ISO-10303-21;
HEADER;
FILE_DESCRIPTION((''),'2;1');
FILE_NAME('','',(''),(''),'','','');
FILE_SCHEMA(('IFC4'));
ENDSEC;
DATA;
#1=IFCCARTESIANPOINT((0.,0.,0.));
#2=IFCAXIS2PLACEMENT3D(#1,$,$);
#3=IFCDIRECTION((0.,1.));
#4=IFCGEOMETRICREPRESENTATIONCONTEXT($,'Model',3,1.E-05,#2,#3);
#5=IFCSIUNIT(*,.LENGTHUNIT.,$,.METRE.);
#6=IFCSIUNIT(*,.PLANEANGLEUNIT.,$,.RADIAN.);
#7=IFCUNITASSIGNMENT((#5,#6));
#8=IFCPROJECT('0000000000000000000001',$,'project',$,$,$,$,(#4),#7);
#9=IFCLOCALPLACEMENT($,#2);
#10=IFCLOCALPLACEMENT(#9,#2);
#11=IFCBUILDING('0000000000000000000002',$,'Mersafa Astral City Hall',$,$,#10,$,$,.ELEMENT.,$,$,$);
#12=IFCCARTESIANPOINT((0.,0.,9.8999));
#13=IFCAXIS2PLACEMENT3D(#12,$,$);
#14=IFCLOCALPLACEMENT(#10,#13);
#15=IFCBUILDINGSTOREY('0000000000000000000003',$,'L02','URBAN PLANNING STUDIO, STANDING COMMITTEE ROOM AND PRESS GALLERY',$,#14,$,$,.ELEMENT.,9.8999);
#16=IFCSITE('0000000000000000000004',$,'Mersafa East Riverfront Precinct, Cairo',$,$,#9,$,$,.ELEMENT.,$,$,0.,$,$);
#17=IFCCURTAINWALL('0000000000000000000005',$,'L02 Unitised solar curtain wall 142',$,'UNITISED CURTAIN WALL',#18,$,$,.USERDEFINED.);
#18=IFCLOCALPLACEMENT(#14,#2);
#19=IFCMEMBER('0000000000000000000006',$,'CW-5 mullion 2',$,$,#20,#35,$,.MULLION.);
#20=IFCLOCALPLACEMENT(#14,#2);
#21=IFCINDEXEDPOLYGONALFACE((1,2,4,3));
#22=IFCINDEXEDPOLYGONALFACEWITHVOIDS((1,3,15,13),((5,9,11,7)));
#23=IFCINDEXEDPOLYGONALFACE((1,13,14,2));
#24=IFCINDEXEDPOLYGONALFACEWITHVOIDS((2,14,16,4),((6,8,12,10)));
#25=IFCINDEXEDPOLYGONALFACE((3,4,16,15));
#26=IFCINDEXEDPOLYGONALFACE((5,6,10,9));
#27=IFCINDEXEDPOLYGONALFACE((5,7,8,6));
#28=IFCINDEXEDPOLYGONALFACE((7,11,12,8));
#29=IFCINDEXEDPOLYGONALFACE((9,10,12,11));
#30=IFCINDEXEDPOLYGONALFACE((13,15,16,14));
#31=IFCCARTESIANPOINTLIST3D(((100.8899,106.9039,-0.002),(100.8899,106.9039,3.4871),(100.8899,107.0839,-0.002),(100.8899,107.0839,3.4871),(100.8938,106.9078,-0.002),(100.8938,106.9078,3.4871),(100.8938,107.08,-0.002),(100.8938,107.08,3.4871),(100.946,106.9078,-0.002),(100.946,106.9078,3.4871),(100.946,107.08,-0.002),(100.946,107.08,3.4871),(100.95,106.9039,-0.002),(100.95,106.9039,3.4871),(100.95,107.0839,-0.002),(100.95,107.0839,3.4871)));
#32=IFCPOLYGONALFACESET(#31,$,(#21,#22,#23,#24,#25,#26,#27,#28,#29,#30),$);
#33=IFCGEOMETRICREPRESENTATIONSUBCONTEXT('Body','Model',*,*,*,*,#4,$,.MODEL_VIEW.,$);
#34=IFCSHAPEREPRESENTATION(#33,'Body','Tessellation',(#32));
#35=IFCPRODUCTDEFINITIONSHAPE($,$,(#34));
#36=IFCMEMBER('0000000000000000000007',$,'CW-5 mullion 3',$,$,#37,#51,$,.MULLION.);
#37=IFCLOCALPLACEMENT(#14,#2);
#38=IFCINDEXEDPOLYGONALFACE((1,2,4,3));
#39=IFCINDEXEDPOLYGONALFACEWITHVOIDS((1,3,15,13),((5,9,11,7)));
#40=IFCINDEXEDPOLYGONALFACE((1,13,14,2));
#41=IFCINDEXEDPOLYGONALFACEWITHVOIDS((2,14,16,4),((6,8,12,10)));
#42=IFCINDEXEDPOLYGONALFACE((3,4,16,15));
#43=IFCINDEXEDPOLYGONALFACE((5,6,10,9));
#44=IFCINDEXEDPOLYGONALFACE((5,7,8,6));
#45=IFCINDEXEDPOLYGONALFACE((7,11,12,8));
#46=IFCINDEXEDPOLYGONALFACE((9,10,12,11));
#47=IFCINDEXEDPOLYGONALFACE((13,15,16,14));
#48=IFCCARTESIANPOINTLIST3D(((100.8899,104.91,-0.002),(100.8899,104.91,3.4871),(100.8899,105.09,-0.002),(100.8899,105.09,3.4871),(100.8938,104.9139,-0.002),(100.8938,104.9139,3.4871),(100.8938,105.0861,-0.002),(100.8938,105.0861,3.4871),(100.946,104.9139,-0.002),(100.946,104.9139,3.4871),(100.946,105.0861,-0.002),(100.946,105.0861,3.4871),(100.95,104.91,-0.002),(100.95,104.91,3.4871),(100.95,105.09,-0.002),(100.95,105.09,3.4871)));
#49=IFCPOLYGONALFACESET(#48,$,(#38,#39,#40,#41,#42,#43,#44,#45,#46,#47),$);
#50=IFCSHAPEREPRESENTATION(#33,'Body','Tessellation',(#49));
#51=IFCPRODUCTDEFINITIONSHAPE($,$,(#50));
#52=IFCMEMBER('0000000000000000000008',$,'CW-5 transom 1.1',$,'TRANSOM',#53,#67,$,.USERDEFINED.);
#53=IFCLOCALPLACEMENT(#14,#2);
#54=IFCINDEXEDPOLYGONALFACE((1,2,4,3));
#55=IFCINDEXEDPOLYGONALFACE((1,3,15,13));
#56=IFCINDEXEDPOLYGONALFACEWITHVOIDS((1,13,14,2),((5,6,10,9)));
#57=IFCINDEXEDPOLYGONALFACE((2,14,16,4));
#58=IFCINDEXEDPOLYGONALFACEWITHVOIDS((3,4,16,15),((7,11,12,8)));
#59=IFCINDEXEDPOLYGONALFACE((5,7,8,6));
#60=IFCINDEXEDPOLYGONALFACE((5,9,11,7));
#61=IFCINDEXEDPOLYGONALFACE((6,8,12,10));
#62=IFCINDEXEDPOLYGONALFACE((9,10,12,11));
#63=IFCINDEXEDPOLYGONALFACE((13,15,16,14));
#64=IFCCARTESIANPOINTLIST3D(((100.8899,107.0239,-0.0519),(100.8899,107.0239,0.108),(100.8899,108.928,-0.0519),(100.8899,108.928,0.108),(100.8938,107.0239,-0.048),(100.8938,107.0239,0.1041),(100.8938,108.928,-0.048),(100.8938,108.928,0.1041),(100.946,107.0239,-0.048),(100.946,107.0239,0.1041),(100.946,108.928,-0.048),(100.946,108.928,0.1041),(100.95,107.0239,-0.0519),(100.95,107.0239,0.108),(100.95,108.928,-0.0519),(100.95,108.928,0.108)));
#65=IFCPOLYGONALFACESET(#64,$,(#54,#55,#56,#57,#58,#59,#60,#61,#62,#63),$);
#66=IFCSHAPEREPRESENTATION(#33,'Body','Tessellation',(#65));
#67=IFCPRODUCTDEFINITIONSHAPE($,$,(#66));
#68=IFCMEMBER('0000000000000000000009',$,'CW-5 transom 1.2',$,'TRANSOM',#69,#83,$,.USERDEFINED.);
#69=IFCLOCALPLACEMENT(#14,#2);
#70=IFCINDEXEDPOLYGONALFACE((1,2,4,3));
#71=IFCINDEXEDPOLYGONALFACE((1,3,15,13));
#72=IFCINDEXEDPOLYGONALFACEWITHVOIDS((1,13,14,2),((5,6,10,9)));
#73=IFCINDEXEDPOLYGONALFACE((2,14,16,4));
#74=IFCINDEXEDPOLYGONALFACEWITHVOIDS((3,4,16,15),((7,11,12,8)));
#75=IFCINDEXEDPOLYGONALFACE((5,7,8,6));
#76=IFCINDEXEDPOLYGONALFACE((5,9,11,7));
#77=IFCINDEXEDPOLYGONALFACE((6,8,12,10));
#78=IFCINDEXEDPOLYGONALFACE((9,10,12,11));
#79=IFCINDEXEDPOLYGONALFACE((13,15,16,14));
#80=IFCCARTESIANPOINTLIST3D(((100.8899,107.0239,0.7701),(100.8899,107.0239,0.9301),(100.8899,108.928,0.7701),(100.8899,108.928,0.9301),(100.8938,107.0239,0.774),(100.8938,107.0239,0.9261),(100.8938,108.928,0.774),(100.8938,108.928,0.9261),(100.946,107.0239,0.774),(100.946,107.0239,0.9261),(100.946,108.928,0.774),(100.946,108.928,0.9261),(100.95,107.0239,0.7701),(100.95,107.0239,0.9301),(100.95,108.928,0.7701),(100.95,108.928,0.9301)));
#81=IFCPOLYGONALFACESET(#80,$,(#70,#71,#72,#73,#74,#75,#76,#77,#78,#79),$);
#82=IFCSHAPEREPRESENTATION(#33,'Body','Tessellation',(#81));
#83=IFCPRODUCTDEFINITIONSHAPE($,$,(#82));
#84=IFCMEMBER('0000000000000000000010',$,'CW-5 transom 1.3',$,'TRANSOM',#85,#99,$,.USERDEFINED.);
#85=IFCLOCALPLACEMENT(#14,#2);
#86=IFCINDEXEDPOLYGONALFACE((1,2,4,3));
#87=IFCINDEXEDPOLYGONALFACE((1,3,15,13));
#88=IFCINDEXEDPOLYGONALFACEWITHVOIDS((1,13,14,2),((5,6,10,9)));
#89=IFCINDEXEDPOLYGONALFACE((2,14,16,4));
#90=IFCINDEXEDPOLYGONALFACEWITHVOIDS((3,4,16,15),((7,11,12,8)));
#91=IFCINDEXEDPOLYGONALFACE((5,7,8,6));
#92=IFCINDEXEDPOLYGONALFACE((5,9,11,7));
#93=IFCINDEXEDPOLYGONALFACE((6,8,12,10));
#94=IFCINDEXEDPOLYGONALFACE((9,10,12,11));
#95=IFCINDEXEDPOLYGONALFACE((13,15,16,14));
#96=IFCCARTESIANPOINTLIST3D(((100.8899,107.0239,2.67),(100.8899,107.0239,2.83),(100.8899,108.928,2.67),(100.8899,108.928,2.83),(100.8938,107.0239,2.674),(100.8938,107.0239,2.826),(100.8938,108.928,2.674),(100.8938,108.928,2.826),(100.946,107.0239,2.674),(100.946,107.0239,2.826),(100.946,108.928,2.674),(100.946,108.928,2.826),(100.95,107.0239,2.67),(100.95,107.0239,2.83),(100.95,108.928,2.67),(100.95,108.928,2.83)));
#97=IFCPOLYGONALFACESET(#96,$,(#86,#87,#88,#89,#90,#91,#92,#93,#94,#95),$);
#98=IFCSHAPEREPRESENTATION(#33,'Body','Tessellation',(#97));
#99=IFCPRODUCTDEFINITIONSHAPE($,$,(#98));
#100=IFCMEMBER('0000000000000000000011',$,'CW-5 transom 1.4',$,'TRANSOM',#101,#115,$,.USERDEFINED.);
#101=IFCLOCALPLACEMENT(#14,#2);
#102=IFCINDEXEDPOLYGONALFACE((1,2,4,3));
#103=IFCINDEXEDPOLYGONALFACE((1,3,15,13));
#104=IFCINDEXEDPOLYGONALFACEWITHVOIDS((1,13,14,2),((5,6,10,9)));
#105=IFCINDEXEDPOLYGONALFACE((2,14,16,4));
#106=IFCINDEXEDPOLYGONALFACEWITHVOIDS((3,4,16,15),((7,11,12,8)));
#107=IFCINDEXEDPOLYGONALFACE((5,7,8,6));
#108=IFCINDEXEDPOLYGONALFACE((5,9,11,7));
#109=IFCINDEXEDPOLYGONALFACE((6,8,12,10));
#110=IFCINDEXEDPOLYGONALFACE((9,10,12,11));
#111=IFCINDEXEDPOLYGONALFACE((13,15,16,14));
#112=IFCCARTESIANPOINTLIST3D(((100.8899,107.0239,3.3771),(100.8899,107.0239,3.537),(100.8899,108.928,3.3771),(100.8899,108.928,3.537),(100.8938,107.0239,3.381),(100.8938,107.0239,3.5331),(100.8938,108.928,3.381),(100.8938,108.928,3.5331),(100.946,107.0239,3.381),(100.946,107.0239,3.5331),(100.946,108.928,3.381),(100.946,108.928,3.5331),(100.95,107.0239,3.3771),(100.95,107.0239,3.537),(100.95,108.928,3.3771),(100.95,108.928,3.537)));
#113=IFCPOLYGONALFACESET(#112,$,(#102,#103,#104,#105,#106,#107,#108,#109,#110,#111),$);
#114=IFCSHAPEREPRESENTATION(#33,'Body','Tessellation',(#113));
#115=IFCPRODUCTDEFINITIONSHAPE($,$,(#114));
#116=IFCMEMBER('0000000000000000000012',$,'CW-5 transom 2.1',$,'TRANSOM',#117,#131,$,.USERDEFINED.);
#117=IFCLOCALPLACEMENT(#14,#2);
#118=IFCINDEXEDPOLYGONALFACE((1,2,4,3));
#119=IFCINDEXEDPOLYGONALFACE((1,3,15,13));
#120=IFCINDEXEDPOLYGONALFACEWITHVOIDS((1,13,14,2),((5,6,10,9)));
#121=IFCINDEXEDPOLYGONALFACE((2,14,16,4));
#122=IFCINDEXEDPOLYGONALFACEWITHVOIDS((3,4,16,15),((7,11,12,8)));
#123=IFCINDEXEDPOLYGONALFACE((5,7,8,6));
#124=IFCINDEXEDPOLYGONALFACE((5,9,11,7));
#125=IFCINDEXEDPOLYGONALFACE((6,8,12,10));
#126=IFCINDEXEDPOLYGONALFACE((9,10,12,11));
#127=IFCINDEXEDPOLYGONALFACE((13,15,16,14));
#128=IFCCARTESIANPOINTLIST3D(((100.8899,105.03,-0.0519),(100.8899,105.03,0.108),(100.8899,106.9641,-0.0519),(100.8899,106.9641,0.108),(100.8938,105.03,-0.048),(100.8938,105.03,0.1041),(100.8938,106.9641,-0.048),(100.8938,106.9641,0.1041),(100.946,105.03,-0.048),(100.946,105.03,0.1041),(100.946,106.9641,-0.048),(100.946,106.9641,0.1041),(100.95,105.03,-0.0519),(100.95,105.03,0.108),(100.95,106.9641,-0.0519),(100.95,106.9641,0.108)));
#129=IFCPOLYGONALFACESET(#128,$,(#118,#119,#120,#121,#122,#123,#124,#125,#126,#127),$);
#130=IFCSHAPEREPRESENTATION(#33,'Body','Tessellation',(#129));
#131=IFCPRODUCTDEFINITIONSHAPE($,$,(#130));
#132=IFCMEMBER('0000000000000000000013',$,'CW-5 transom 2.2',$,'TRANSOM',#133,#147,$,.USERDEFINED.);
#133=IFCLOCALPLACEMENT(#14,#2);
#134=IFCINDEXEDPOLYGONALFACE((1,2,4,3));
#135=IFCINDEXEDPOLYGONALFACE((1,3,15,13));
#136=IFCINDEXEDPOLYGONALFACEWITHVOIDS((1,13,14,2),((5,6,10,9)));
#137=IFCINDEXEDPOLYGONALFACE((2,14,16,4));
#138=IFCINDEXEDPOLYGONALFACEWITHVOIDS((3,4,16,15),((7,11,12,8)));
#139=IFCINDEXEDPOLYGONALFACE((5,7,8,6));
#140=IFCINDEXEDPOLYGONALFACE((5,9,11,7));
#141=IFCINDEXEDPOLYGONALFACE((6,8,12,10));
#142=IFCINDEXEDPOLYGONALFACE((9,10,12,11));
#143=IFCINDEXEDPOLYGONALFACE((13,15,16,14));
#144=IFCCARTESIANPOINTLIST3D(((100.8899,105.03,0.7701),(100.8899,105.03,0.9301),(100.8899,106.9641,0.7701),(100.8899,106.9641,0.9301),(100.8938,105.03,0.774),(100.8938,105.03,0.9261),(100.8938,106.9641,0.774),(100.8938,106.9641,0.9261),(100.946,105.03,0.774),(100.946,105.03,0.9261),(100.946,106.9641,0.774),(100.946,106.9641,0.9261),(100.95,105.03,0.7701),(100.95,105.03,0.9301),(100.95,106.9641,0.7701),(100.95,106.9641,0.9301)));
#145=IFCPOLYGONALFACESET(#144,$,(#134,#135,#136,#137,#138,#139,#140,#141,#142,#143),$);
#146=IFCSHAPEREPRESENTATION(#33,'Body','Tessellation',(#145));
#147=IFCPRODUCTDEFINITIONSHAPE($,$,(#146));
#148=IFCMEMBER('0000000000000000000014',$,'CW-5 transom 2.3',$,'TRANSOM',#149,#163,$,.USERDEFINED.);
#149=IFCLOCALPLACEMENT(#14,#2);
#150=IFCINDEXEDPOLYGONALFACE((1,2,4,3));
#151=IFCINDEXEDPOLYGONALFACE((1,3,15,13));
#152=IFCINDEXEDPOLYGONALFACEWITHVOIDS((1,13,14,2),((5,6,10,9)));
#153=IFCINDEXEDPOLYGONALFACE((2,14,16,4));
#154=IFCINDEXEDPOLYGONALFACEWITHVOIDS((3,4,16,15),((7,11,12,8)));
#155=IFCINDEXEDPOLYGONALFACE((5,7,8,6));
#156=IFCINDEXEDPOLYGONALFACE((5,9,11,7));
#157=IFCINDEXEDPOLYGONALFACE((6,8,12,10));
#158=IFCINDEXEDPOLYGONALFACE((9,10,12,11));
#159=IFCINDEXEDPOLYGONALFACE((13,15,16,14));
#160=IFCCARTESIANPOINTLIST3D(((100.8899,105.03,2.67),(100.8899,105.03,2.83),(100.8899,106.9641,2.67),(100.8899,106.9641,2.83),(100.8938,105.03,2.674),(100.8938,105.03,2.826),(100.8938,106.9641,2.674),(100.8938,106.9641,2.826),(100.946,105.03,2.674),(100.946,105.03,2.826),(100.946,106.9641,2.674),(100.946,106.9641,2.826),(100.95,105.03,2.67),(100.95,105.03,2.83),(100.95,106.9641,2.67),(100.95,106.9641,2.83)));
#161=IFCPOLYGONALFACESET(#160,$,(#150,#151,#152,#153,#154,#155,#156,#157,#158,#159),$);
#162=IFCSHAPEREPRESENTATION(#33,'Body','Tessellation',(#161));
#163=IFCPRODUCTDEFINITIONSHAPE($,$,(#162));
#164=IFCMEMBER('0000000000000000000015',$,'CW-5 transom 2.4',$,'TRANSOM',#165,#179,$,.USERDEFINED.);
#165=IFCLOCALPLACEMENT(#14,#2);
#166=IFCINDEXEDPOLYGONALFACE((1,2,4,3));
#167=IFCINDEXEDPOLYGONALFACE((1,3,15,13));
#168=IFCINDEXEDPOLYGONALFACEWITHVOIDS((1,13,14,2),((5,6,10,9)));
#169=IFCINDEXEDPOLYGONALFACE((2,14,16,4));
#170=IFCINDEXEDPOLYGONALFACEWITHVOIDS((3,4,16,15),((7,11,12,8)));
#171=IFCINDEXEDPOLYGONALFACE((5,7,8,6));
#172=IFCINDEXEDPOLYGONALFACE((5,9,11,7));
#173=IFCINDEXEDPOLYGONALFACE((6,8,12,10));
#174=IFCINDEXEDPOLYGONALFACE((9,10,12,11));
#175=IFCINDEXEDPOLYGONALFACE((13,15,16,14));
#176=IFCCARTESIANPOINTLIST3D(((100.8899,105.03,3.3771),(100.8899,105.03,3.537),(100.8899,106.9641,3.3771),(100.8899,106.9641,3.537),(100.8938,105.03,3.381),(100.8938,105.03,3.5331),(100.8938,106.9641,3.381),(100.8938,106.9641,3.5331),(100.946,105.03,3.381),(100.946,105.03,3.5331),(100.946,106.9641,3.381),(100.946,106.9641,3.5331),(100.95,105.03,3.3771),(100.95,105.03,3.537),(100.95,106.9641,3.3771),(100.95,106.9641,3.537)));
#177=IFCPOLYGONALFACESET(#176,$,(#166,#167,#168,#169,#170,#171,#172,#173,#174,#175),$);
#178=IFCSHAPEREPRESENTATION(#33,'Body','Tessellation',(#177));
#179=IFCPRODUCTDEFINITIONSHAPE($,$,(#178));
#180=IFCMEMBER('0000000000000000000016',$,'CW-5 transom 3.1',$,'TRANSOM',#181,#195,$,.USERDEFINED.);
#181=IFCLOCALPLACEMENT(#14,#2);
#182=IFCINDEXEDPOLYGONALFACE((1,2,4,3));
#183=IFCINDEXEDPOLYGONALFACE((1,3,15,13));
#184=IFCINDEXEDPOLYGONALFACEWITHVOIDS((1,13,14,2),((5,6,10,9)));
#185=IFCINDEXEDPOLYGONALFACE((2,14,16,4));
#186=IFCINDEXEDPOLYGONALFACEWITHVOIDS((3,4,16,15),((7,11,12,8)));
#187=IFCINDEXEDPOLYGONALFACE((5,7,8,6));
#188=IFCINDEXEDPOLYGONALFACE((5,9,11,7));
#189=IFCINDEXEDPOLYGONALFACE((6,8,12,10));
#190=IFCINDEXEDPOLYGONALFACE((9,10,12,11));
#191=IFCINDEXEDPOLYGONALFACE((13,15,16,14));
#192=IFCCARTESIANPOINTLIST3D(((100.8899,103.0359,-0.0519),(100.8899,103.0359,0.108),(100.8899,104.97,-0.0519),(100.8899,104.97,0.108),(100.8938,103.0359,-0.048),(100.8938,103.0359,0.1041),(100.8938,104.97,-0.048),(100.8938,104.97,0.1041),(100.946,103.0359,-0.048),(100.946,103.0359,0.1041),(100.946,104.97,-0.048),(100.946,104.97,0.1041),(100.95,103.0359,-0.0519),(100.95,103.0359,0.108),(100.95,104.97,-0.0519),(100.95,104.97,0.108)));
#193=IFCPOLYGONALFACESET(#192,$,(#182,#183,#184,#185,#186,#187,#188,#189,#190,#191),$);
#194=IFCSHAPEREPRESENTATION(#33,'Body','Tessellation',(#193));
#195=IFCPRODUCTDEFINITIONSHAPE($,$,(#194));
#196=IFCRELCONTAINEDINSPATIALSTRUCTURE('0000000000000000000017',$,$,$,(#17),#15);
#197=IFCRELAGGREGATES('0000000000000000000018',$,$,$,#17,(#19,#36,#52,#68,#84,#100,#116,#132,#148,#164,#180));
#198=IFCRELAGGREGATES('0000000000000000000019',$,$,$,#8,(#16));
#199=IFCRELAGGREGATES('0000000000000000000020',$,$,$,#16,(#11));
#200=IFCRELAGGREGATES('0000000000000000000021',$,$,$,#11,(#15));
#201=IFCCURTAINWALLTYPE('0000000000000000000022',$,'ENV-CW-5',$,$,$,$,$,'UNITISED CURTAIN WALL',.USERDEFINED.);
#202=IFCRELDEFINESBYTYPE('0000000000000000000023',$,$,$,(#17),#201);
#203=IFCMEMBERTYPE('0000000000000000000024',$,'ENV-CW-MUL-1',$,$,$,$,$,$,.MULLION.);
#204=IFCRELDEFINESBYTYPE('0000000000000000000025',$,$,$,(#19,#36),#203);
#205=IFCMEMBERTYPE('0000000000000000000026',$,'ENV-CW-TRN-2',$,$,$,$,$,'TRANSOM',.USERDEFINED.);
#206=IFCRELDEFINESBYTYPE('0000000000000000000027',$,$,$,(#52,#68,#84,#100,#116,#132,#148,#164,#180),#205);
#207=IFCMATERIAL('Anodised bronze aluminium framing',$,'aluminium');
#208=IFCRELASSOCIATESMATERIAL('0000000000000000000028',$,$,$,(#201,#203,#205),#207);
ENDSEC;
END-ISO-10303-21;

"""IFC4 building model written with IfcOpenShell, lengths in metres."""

from ifc_helpers import new_model, si_unit, direction, frame, origin, origin_2d, place, context, subcontext, project, spatial, hollow_rectangle, extrude, material, material_profile, profile_set, type_object, element, aggregate, save


model = new_model("IFC4")

# Units and contexts
model_context = context("Model", 3, precision=1e-05, world=origin(), true_north=direction((0.0, 1.0)))
body_context = subcontext(model_context, "Body", "Model", "MODEL_VIEW")
ifc_project = project(units=[si_unit("LENGTHUNIT", "METRE"), si_unit("PLANEANGLEUNIT", "RADIAN")], contexts=[model_context])

# Site, building, storey
site_placement = place(None, origin())
site = spatial("IfcSite", under=ifc_project, at=site_placement, Name="Mersafa East Riverfront Precinct, Cairo", CompositionType="ELEMENT", RefElevation=0.0)
building_placement = place(site_placement, origin())
building = spatial("IfcBuilding", under=site, at=building_placement, Name="Mersafa Astral City Hall", CompositionType="ELEMENT")
storey_placement = place(building_placement, frame((0.0, 0.0, 9.8999)))
storey = spatial("IfcBuildingStorey", under=building, at=storey_placement, Name="L02", Description="URBAN PLANNING STUDIO, STANDING COMMITTEE ROOM AND PRESS GALLERY", CompositionType="ELEMENT", Elevation=9.8999)

# Curtain wall, members
ifc_material_1 = material(Name="Anodised bronze aluminium framing", Category="aluminium")
curtain_wall_type = type_object("IfcCurtainWallType", Name="ENV-CW-5", ElementType="UNITISED CURTAIN WALL", PredefinedType="USERDEFINED", material=ifc_material_1)
curtain_wall_placement = place(storey_placement, origin())
curtain_wall = element("IfcCurtainWall", 1, at=curtain_wall_placement, inside=storey, type_object=curtain_wall_type, Name="L02 Unitised solar curtain wall 142", ObjectType="UNITISED CURTAIN WALL", PredefinedType="USERDEFINED")
ifc_material_profile_1 = material_profile(ifc_material_1, hollow_rectangle(XDim=0.0601, YDim=0.1799, WallThickness=0.0039, at=origin_2d()), Name="RHS 60x180x4")
ifc_profile_set_1 = profile_set([ifc_material_profile_1], Name="Anodised bronze aluminium framing")
member_type_1 = type_object("IfcMemberType", Name="ENV-CW-MUL-1", PredefinedType="MULLION", material=ifc_profile_set_1)
member_1_placement = place(storey_placement, frame((100.9199, 106.9939, -0.002), z_axis=(0.0, 0.0, 1.0), x_axis=(1.0, 0.0, 0.0)))
member_1 = element("IfcMember", 2, at=member_1_placement, type_object=member_type_1, Name="CW-5 mullion 2", PredefinedType="MULLION", context=body_context, shape_type="SweptSolid", body=[
    extrude(hollow_rectangle(XDim=0.0601, YDim=0.1799, WallThickness=0.0039, at=origin_2d()), origin(), (0.0, 0.0, 1.0), 3.489),
])
member_2_placement = place(storey_placement, frame((100.9199, 105.0, -0.002), z_axis=(0.0, 0.0, 1.0), x_axis=(1.0, 0.0, 0.0)))
member_2 = element("IfcMember", 3, at=member_2_placement, type_object=member_type_1, Name="CW-5 mullion 3", PredefinedType="MULLION", context=body_context, shape_type="SweptSolid", body=[
    extrude(hollow_rectangle(XDim=0.0601, YDim=0.1799, WallThickness=0.0039, at=origin_2d()), origin(), (0.0, 0.0, 1.0), 3.489),
])
ifc_material_profile_2 = material_profile(ifc_material_1, hollow_rectangle(XDim=0.0601, YDim=0.1599, WallThickness=0.0039, at=origin_2d()), Name="RHS 60x160x4")
ifc_profile_set_2 = profile_set([ifc_material_profile_2], Name="Anodised bronze aluminium framing")
member_type_2 = type_object("IfcMemberType", Name="ENV-CW-TRN-2", ElementType="TRANSOM", PredefinedType="USERDEFINED", material=ifc_profile_set_2)
member_3_placement = place(storey_placement, frame((100.9199, 108.928, 0.0281), z_axis=(0.0, -1.0, 0.0), x_axis=(1.0, 0.0, 0.0)))
member_3 = element("IfcMember", 4, at=member_3_placement, type_object=member_type_2, Name="CW-5 transom 1.1", ObjectType="TRANSOM", PredefinedType="USERDEFINED", context=body_context, shape_type="SweptSolid", body=[
    extrude(hollow_rectangle(XDim=0.0601, YDim=0.1599, WallThickness=0.0039, at=origin_2d()), origin(), (0.0, 0.0, 1.0), 1.9041),
])
member_4_placement = place(storey_placement, frame((100.9199, 108.928, 0.8501), z_axis=(0.0, -1.0, 0.0), x_axis=(1.0, 0.0, 0.0)))
member_4 = element("IfcMember", 5, at=member_4_placement, type_object=member_type_2, Name="CW-5 transom 1.2", ObjectType="TRANSOM", PredefinedType="USERDEFINED", context=body_context, shape_type="SweptSolid", body=[
    extrude(hollow_rectangle(XDim=0.0601, YDim=0.1599, WallThickness=0.0039, at=origin_2d()), origin(), (0.0, 0.0, 1.0), 1.9041),
])
member_5_placement = place(storey_placement, frame((100.9199, 108.928, 2.75), z_axis=(0.0, -1.0, 0.0), x_axis=(1.0, 0.0, 0.0)))
member_5 = element("IfcMember", 6, at=member_5_placement, type_object=member_type_2, Name="CW-5 transom 1.3", ObjectType="TRANSOM", PredefinedType="USERDEFINED", context=body_context, shape_type="SweptSolid", body=[
    extrude(hollow_rectangle(XDim=0.0601, YDim=0.1599, WallThickness=0.0039, at=origin_2d()), origin(), (0.0, 0.0, 1.0), 1.9041),
])
member_6_placement = place(storey_placement, frame((100.9199, 108.928, 3.457), z_axis=(0.0, -1.0, 0.0), x_axis=(1.0, 0.0, 0.0)))
member_6 = element("IfcMember", 7, at=member_6_placement, type_object=member_type_2, Name="CW-5 transom 1.4", ObjectType="TRANSOM", PredefinedType="USERDEFINED", context=body_context, shape_type="SweptSolid", body=[
    extrude(hollow_rectangle(XDim=0.0601, YDim=0.1599, WallThickness=0.0039, at=origin_2d()), origin(), (0.0, 0.0, 1.0), 1.9041),
])
member_7_placement = place(storey_placement, frame((100.9199, 106.9641, 0.0281), z_axis=(0.0, -1.0, 0.0), x_axis=(1.0, 0.0, 0.0)))
member_7 = element("IfcMember", 8, at=member_7_placement, type_object=member_type_2, Name="CW-5 transom 2.1", ObjectType="TRANSOM", PredefinedType="USERDEFINED", context=body_context, shape_type="SweptSolid", body=[
    extrude(hollow_rectangle(XDim=0.0601, YDim=0.1599, WallThickness=0.0039, at=origin_2d()), origin(), (0.0, 0.0, 1.0), 1.9341),
])
member_8_placement = place(storey_placement, frame((100.9199, 106.9641, 0.8501), z_axis=(0.0, -1.0, 0.0), x_axis=(1.0, 0.0, 0.0)))
member_8 = element("IfcMember", 9, at=member_8_placement, type_object=member_type_2, Name="CW-5 transom 2.2", ObjectType="TRANSOM", PredefinedType="USERDEFINED", context=body_context, shape_type="SweptSolid", body=[
    extrude(hollow_rectangle(XDim=0.0601, YDim=0.1599, WallThickness=0.0039, at=origin_2d()), origin(), (0.0, 0.0, 1.0), 1.9341),
])
member_9_placement = place(storey_placement, frame((100.9199, 106.9641, 2.75), z_axis=(0.0, -1.0, 0.0), x_axis=(1.0, 0.0, 0.0)))
member_9 = element("IfcMember", 10, at=member_9_placement, type_object=member_type_2, Name="CW-5 transom 2.3", ObjectType="TRANSOM", PredefinedType="USERDEFINED", context=body_context, shape_type="SweptSolid", body=[
    extrude(hollow_rectangle(XDim=0.0601, YDim=0.1599, WallThickness=0.0039, at=origin_2d()), origin(), (0.0, 0.0, 1.0), 1.9341),
])
member_10_placement = place(storey_placement, frame((100.9199, 106.9641, 3.457), z_axis=(0.0, -1.0, 0.0), x_axis=(1.0, 0.0, 0.0)))
member_10 = element("IfcMember", 11, at=member_10_placement, type_object=member_type_2, Name="CW-5 transom 2.4", ObjectType="TRANSOM", PredefinedType="USERDEFINED", context=body_context, shape_type="SweptSolid", body=[
    extrude(hollow_rectangle(XDim=0.0601, YDim=0.1599, WallThickness=0.0039, at=origin_2d()), origin(), (0.0, 0.0, 1.0), 1.9341),
])
member_11_placement = place(storey_placement, frame((100.9199, 104.97, 0.0281), z_axis=(0.0, -1.0, 0.0), x_axis=(1.0, 0.0, 0.0)))
member_11 = element("IfcMember", 12, at=member_11_placement, type_object=member_type_2, Name="CW-5 transom 3.1", ObjectType="TRANSOM", PredefinedType="USERDEFINED", context=body_context, shape_type="SweptSolid", body=[
    extrude(hollow_rectangle(XDim=0.0601, YDim=0.1599, WallThickness=0.0039, at=origin_2d()), origin(), (0.0, 0.0, 1.0), 1.9341),
])
aggregate(curtain_wall, [member_1, member_2, member_3, member_4, member_5, member_6, member_7, member_8, member_9, member_10, member_11])

save(model, "model.ifc")
